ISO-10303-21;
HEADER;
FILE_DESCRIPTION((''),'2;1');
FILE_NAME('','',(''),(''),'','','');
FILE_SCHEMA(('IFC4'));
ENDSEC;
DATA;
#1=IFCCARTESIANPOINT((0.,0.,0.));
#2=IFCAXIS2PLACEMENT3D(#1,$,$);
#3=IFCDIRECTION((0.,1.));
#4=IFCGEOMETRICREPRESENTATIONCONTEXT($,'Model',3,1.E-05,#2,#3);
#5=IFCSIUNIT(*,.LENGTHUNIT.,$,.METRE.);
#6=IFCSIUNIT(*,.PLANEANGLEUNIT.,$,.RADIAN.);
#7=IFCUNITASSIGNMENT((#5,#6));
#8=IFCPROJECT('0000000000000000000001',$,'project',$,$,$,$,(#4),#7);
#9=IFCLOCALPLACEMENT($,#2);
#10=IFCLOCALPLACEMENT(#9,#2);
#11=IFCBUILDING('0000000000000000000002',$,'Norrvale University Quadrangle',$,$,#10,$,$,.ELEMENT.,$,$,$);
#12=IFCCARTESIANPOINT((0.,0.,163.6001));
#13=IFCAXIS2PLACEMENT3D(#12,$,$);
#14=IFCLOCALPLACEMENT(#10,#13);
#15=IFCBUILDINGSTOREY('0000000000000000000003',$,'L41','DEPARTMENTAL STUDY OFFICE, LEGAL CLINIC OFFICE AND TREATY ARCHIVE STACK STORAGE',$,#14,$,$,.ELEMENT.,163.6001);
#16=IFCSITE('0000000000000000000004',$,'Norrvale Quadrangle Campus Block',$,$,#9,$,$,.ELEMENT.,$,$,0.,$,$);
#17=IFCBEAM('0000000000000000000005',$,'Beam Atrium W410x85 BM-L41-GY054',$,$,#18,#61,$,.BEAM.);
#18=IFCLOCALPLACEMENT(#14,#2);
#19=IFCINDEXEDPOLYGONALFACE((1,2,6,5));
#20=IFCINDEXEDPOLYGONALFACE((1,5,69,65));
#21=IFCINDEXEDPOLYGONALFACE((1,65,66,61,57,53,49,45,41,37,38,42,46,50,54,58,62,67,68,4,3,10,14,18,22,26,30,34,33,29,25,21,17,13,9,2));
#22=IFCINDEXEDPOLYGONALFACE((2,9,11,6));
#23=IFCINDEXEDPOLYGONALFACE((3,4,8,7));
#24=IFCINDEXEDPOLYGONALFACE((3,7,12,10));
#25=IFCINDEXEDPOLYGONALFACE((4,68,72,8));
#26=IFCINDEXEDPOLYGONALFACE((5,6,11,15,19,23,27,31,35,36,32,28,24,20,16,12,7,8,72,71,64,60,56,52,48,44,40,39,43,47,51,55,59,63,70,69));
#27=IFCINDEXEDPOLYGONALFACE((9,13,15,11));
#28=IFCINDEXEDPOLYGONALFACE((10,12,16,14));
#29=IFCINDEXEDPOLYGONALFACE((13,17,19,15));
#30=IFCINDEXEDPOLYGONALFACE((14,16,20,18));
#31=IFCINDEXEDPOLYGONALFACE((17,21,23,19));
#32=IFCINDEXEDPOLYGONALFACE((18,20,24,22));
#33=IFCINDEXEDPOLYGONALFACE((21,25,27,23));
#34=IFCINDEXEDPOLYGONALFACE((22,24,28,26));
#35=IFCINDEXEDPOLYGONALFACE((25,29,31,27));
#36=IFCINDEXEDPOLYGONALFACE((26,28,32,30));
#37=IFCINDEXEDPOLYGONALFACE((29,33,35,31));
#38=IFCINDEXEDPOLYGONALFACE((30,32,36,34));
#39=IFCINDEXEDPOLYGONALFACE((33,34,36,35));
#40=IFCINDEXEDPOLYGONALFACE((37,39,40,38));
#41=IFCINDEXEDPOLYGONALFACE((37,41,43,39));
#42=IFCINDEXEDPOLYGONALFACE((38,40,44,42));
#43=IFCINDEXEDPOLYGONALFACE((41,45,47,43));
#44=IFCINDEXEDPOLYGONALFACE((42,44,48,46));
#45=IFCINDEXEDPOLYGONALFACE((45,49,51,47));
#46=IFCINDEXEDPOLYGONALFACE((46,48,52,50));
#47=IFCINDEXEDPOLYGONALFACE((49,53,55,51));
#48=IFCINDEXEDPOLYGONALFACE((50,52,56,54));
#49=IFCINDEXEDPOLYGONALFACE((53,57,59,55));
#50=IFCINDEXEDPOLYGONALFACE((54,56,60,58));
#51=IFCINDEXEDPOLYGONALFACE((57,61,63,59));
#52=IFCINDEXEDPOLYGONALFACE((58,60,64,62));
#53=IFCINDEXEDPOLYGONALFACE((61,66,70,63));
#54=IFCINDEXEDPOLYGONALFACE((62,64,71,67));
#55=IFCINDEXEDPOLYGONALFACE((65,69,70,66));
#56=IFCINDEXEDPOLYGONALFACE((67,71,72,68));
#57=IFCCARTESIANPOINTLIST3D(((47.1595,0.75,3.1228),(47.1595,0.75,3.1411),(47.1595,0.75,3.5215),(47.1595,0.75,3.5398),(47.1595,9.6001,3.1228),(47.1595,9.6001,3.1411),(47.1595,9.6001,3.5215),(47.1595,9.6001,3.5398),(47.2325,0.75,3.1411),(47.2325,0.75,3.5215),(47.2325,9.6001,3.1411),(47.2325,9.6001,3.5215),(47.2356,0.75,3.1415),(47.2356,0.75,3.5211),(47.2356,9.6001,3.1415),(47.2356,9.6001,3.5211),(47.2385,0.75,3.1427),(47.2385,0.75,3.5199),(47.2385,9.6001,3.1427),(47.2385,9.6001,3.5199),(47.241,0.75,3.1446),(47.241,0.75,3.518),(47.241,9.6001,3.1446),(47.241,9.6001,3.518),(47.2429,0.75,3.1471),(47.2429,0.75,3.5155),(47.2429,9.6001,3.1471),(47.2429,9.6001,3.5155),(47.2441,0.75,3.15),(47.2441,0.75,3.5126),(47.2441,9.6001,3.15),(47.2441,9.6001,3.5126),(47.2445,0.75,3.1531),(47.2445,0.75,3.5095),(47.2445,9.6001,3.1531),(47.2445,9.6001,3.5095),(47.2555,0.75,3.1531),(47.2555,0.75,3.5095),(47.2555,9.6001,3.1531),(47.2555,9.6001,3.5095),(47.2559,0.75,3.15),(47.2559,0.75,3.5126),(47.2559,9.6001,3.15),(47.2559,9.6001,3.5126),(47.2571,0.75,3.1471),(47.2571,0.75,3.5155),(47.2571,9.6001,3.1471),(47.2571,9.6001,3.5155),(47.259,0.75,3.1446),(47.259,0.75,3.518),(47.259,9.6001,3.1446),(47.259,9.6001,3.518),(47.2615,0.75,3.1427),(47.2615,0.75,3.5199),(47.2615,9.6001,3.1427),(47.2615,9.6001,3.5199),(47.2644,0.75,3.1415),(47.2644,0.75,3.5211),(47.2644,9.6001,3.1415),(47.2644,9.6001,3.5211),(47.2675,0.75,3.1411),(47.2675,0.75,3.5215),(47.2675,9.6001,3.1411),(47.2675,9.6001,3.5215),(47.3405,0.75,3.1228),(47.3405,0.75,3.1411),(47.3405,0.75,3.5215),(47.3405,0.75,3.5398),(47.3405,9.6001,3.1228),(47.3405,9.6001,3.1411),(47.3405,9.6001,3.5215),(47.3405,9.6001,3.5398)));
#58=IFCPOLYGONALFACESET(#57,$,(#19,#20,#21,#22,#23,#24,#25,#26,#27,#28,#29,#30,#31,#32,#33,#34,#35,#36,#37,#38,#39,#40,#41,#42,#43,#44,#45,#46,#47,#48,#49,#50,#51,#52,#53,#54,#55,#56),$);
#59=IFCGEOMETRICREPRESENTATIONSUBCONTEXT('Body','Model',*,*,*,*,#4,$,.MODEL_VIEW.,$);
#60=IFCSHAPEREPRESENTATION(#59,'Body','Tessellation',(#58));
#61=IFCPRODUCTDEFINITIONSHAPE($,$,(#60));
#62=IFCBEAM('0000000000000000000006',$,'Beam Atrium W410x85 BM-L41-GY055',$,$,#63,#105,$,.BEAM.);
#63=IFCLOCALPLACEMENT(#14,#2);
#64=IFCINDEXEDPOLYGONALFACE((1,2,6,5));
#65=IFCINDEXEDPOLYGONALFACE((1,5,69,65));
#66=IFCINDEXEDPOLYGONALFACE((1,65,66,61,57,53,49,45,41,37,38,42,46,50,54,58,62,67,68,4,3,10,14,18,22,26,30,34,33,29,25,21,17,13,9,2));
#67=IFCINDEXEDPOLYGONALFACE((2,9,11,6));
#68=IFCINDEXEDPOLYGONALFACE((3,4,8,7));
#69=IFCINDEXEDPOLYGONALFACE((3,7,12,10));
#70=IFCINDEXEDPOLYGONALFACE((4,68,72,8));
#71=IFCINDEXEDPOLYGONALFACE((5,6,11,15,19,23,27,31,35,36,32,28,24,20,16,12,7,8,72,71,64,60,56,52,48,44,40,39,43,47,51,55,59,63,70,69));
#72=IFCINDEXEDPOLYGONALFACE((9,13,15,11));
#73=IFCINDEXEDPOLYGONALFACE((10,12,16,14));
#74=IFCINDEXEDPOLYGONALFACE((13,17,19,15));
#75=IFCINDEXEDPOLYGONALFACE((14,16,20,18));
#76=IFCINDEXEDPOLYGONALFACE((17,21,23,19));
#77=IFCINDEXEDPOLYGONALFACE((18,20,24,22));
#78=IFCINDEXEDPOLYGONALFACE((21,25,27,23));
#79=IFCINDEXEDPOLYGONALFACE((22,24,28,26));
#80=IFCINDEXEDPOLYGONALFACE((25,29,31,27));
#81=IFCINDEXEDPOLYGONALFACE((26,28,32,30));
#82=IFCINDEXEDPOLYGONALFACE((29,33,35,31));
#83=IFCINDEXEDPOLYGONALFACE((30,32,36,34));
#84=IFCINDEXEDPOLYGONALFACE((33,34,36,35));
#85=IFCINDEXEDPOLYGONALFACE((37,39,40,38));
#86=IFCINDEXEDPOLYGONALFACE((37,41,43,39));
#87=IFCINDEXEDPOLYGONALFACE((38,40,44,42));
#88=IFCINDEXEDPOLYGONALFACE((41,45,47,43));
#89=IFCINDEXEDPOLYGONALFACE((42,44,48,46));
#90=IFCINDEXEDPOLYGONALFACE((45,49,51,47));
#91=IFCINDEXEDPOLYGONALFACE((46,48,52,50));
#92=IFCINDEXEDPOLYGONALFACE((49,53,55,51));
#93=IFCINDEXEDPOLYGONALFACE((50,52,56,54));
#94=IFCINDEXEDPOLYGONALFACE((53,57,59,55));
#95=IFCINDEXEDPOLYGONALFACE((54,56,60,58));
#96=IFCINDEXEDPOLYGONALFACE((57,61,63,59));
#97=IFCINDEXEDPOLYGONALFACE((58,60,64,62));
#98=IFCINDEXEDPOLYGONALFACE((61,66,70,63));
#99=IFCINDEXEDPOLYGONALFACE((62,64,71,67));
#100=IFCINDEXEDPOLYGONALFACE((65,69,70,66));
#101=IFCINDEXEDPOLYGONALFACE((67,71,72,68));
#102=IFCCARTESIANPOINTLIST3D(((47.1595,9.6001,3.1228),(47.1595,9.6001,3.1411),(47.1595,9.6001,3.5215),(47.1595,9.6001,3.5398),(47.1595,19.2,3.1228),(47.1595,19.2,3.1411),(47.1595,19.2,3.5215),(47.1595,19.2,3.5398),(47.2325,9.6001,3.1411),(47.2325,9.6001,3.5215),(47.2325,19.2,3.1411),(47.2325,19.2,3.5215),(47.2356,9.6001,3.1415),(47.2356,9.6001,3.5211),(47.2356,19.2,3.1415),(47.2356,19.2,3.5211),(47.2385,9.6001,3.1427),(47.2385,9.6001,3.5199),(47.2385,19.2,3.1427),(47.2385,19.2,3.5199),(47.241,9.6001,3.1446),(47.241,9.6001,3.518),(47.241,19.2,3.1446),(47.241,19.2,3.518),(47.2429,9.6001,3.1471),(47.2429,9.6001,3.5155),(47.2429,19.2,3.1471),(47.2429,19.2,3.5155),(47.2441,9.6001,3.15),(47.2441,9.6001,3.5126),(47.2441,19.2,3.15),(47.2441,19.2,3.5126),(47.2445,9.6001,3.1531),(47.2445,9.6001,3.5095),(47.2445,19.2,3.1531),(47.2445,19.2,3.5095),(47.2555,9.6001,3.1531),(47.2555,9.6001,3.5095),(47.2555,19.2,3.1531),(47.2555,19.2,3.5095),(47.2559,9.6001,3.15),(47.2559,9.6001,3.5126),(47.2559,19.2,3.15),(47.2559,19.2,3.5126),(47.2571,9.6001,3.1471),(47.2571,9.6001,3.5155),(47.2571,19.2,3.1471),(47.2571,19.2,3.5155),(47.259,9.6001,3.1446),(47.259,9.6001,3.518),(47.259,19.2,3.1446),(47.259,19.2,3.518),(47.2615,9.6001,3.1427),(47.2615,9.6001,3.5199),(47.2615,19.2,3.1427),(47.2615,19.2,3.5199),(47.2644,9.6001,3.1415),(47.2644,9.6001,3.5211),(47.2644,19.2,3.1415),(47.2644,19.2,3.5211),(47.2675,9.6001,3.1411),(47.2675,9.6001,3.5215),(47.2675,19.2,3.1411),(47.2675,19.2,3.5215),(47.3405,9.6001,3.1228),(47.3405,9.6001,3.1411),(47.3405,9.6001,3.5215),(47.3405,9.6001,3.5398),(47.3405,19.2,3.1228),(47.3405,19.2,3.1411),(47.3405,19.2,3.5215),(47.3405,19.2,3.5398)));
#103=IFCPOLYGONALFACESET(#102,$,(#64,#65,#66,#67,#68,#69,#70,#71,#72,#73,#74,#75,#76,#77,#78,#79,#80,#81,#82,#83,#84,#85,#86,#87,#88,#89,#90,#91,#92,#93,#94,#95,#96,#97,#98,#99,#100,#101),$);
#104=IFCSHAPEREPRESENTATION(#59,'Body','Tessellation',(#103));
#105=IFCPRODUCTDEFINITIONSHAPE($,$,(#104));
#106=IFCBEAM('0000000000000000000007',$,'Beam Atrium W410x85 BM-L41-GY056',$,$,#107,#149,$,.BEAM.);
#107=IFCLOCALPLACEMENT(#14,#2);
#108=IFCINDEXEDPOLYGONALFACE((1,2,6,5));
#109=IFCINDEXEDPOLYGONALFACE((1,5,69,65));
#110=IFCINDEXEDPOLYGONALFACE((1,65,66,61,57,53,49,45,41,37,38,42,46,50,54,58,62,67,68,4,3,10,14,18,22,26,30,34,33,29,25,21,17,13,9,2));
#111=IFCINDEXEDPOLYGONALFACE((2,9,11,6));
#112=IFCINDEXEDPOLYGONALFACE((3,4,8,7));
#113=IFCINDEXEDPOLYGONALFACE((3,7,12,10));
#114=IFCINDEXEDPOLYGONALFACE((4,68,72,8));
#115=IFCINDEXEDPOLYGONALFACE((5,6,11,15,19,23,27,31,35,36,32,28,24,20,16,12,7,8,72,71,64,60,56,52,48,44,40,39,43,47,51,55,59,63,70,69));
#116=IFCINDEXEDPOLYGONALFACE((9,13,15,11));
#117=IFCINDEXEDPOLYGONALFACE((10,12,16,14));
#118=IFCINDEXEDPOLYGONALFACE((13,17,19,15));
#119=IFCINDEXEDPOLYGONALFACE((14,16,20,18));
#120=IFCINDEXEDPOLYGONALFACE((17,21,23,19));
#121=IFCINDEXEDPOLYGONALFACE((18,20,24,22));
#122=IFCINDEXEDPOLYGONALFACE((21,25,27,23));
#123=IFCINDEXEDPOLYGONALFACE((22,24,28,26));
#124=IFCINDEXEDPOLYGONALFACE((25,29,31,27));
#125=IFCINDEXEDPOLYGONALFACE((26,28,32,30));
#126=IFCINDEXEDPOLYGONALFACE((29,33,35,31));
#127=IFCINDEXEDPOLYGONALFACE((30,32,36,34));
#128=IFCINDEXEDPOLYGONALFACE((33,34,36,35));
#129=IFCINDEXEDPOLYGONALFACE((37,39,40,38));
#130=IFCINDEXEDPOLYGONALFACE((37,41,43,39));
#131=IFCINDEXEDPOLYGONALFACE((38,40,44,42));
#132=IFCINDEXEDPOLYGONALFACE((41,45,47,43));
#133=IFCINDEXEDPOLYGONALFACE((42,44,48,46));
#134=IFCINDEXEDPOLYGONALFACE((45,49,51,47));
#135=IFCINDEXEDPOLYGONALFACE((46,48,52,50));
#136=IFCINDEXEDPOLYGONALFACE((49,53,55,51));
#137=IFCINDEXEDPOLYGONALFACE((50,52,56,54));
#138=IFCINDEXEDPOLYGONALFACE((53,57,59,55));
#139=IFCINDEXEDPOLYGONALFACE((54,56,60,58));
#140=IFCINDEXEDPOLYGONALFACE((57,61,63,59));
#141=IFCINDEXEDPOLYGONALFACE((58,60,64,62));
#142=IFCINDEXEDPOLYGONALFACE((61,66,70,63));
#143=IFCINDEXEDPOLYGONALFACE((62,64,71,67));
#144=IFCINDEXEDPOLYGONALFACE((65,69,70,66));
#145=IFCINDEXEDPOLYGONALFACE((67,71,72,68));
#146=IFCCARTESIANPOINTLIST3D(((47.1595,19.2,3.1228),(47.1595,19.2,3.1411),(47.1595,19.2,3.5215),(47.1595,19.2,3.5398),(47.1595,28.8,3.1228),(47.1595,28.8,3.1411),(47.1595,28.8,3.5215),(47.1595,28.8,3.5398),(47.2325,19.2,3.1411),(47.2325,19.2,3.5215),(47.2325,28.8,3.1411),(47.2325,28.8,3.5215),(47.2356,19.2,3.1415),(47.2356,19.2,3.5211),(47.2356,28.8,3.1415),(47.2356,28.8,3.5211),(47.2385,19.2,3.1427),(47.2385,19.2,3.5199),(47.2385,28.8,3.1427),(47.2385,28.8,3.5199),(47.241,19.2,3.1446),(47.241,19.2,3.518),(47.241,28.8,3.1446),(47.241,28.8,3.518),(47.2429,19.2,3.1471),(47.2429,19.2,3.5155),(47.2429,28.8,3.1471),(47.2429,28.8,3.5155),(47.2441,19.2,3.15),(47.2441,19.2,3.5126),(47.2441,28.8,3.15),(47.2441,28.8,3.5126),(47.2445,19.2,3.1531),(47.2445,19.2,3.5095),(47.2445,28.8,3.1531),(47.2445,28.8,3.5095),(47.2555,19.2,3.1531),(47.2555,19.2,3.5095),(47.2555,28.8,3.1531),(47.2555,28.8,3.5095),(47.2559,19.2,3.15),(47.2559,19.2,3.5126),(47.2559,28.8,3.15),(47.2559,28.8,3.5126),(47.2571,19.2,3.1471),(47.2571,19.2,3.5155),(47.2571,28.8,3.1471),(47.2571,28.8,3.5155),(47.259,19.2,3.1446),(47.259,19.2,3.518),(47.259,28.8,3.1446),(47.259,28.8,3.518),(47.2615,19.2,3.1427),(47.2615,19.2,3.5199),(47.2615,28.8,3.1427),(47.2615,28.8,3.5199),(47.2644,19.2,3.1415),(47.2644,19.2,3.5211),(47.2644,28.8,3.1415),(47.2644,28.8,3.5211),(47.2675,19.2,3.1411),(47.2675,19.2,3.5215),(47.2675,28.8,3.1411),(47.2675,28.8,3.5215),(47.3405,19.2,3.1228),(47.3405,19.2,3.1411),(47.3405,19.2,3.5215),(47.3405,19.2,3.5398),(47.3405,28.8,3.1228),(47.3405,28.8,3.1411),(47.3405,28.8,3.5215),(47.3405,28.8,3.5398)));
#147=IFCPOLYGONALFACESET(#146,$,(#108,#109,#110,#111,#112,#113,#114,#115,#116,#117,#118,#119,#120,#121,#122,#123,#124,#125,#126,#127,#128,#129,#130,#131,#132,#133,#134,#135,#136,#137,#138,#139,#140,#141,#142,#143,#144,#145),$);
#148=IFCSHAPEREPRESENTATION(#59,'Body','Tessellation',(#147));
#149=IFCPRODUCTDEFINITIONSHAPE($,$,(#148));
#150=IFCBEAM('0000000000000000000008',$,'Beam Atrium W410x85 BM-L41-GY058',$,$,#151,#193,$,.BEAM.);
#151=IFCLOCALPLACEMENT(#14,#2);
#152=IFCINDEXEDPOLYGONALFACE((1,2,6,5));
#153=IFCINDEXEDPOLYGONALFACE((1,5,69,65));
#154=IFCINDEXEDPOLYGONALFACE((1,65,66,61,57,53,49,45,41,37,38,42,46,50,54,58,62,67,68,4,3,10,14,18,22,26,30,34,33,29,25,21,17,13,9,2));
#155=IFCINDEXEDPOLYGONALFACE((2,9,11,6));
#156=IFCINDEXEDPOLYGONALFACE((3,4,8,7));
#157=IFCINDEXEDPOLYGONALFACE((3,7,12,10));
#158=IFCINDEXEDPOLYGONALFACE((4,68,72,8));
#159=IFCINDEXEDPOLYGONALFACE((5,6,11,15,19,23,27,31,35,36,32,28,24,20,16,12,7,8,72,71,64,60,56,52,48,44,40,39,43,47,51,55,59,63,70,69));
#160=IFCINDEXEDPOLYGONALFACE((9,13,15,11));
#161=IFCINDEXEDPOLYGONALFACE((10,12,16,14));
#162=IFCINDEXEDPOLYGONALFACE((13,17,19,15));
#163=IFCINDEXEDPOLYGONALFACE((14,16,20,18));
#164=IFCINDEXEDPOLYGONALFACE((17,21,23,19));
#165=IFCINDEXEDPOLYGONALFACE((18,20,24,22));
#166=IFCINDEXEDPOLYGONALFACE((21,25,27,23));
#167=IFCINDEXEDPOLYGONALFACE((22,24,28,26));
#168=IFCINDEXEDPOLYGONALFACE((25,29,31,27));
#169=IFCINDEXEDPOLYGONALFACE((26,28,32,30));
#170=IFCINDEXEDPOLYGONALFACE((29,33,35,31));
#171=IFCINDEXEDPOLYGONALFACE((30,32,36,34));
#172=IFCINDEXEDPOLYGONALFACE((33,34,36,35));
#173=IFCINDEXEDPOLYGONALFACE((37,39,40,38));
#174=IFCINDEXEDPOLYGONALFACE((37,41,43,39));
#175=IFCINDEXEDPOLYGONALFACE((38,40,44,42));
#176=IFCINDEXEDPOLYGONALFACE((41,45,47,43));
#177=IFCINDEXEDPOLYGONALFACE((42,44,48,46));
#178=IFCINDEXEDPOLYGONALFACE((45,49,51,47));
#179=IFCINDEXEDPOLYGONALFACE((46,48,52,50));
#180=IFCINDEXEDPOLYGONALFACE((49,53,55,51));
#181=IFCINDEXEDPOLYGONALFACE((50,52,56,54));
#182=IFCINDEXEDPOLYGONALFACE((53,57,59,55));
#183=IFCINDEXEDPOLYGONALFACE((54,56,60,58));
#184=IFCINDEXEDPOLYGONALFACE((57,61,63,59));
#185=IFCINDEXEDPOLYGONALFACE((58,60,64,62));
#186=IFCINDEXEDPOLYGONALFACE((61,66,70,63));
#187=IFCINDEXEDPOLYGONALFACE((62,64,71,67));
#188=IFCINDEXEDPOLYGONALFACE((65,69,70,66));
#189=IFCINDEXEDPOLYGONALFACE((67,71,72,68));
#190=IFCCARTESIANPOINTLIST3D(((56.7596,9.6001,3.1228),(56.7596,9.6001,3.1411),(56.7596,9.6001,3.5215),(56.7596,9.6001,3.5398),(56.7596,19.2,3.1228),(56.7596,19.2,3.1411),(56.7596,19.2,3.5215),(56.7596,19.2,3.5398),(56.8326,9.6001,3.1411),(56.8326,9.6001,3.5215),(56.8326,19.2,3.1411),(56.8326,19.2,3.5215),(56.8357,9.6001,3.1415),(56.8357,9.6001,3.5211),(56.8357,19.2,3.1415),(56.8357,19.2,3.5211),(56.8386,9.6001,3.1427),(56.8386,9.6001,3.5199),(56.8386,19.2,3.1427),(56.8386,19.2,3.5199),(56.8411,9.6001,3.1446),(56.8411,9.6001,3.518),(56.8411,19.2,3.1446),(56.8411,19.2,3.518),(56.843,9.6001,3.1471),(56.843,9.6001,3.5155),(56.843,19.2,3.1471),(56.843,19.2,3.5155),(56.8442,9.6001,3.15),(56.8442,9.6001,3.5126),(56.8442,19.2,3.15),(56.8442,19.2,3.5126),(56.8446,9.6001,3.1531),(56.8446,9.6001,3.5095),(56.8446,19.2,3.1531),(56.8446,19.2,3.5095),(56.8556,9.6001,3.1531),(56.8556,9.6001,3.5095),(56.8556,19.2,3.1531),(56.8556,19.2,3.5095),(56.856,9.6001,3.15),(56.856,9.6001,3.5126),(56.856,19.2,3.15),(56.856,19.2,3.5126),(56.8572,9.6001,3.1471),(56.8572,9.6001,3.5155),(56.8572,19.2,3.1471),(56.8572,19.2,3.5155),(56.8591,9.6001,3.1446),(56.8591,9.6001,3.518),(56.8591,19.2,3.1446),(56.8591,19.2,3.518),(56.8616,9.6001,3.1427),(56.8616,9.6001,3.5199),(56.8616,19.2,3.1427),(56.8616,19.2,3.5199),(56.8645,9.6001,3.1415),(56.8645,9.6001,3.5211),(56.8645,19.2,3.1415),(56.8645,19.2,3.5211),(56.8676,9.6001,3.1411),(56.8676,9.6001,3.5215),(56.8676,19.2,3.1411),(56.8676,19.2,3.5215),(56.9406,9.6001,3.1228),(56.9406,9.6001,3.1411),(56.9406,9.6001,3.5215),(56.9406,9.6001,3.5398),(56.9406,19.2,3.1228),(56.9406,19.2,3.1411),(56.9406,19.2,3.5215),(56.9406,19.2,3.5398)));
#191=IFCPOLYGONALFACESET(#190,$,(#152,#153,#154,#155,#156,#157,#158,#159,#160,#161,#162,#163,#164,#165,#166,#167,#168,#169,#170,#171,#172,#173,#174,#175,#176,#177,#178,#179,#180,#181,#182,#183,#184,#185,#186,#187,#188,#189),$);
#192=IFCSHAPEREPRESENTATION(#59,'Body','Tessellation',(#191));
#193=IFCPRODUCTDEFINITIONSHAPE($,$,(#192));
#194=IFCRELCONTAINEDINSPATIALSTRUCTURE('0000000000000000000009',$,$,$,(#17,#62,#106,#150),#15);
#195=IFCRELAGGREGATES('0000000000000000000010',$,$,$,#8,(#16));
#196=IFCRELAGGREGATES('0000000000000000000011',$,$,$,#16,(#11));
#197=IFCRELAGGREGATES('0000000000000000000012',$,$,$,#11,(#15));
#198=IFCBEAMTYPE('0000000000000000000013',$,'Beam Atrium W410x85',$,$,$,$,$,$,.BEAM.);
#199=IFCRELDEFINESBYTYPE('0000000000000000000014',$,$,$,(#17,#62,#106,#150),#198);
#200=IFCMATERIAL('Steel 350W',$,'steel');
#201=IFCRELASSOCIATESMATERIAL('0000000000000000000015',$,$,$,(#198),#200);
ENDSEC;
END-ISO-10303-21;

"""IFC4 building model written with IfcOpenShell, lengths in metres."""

from ifc_helpers import new_model, si_unit, direction, frame, origin, origin_2d, place, context, subcontext, project, spatial, i_section, extrude, material, material_profile, profile_set, type_object, element, save


model = new_model("IFC4")

# Units and contexts
model_context = context("Model", 3, precision=1e-05, world=origin(), true_north=direction((0.0, 1.0)))
body_context = subcontext(model_context, "Body", "Model", "MODEL_VIEW")
ifc_project = project(units=[si_unit("LENGTHUNIT", "METRE"), si_unit("PLANEANGLEUNIT", "RADIAN")], contexts=[model_context])

# Site, building, storey
site_placement = place(None, origin())
site = spatial("IfcSite", under=ifc_project, at=site_placement, Name="Norrvale Quadrangle Campus Block", CompositionType="ELEMENT", RefElevation=0.0)
building_placement = place(site_placement, origin())
building = spatial("IfcBuilding", under=site, at=building_placement, Name="Norrvale University Quadrangle", CompositionType="ELEMENT")
storey_placement = place(building_placement, frame((0.0, 0.0, 163.6001)))
storey = spatial("IfcBuildingStorey", under=building, at=storey_placement, Name="L41", Description="DEPARTMENTAL STUDY OFFICE, LEGAL CLINIC OFFICE AND TREATY ARCHIVE STACK STORAGE", CompositionType="ELEMENT", Elevation=163.6001)

# Beams
ifc_material_1 = material(Name="Steel 350W", Category="steel")
ifc_material_profile_1 = material_profile(ifc_material_1, i_section(OverallWidth=0.1809, OverallDepth=0.417, WebThickness=0.011, FlangeThickness=0.0183, FilletRadius=0.012, at=origin_2d()), Name="Steel 350W")
ifc_profile_set_1 = profile_set([ifc_material_profile_1], Name="Steel 350W")
beam_type_1 = type_object("IfcBeamType", Name="Beam Atrium W410x85", PredefinedType="BEAM", material=ifc_profile_set_1)
beam_1_placement = place(storey_placement, frame((47.25, 0.75, 3.3313), z_axis=(0.0, 1.0, 0.0), x_axis=(-1.0, 0.0, 0.0)))
element("IfcBeam", 1, at=beam_1_placement, inside=storey, type_object=beam_type_1, Name="Beam Atrium W410x85 BM-L41-GY054", PredefinedType="BEAM", context=body_context, shape_type="SweptSolid", body=[
    extrude(i_section(OverallWidth=0.1809, OverallDepth=0.417, WebThickness=0.011, FlangeThickness=0.0183, FilletRadius=0.012, at=origin_2d()), origin(), (0.0, 0.0, 1.0), 8.8501),
])
beam_2_placement = place(storey_placement, frame((47.25, 9.6001, 3.3313), z_axis=(0.0, 1.0, 0.0), x_axis=(-1.0, 0.0, 0.0)))
element("IfcBeam", 2, at=beam_2_placement, inside=storey, type_object=beam_type_1, Name="Beam Atrium W410x85 BM-L41-GY055", PredefinedType="BEAM", context=body_context, shape_type="SweptSolid", body=[
    extrude(i_section(OverallWidth=0.1809, OverallDepth=0.417, WebThickness=0.011, FlangeThickness=0.0183, FilletRadius=0.012, at=origin_2d()), origin(), (0.0, 0.0, 1.0), 9.5999),
])
beam_3_placement = place(storey_placement, frame((47.25, 19.2, 3.3313), z_axis=(0.0, 1.0, 0.0), x_axis=(-1.0, 0.0, 0.0)))
element("IfcBeam", 3, at=beam_3_placement, inside=storey, type_object=beam_type_1, Name="Beam Atrium W410x85 BM-L41-GY056", PredefinedType="BEAM", context=body_context, shape_type="SweptSolid", body=[
    extrude(i_section(OverallWidth=0.1809, OverallDepth=0.417, WebThickness=0.011, FlangeThickness=0.0183, FilletRadius=0.012, at=origin_2d()), origin(), (0.0, 0.0, 1.0), 9.6001),
])
beam_4_placement = place(storey_placement, frame((56.8501, 9.6001, 3.3313), z_axis=(0.0, 1.0, 0.0), x_axis=(-1.0, 0.0, 0.0)))
element("IfcBeam", 4, at=beam_4_placement, inside=storey, type_object=beam_type_1, Name="Beam Atrium W410x85 BM-L41-GY058", PredefinedType="BEAM", context=body_context, shape_type="SweptSolid", body=[
    extrude(i_section(OverallWidth=0.1809, OverallDepth=0.417, WebThickness=0.011, FlangeThickness=0.0183, FilletRadius=0.012, at=origin_2d()), origin(), (0.0, 0.0, 1.0), 9.5999),
])

save(model, "model.ifc")
